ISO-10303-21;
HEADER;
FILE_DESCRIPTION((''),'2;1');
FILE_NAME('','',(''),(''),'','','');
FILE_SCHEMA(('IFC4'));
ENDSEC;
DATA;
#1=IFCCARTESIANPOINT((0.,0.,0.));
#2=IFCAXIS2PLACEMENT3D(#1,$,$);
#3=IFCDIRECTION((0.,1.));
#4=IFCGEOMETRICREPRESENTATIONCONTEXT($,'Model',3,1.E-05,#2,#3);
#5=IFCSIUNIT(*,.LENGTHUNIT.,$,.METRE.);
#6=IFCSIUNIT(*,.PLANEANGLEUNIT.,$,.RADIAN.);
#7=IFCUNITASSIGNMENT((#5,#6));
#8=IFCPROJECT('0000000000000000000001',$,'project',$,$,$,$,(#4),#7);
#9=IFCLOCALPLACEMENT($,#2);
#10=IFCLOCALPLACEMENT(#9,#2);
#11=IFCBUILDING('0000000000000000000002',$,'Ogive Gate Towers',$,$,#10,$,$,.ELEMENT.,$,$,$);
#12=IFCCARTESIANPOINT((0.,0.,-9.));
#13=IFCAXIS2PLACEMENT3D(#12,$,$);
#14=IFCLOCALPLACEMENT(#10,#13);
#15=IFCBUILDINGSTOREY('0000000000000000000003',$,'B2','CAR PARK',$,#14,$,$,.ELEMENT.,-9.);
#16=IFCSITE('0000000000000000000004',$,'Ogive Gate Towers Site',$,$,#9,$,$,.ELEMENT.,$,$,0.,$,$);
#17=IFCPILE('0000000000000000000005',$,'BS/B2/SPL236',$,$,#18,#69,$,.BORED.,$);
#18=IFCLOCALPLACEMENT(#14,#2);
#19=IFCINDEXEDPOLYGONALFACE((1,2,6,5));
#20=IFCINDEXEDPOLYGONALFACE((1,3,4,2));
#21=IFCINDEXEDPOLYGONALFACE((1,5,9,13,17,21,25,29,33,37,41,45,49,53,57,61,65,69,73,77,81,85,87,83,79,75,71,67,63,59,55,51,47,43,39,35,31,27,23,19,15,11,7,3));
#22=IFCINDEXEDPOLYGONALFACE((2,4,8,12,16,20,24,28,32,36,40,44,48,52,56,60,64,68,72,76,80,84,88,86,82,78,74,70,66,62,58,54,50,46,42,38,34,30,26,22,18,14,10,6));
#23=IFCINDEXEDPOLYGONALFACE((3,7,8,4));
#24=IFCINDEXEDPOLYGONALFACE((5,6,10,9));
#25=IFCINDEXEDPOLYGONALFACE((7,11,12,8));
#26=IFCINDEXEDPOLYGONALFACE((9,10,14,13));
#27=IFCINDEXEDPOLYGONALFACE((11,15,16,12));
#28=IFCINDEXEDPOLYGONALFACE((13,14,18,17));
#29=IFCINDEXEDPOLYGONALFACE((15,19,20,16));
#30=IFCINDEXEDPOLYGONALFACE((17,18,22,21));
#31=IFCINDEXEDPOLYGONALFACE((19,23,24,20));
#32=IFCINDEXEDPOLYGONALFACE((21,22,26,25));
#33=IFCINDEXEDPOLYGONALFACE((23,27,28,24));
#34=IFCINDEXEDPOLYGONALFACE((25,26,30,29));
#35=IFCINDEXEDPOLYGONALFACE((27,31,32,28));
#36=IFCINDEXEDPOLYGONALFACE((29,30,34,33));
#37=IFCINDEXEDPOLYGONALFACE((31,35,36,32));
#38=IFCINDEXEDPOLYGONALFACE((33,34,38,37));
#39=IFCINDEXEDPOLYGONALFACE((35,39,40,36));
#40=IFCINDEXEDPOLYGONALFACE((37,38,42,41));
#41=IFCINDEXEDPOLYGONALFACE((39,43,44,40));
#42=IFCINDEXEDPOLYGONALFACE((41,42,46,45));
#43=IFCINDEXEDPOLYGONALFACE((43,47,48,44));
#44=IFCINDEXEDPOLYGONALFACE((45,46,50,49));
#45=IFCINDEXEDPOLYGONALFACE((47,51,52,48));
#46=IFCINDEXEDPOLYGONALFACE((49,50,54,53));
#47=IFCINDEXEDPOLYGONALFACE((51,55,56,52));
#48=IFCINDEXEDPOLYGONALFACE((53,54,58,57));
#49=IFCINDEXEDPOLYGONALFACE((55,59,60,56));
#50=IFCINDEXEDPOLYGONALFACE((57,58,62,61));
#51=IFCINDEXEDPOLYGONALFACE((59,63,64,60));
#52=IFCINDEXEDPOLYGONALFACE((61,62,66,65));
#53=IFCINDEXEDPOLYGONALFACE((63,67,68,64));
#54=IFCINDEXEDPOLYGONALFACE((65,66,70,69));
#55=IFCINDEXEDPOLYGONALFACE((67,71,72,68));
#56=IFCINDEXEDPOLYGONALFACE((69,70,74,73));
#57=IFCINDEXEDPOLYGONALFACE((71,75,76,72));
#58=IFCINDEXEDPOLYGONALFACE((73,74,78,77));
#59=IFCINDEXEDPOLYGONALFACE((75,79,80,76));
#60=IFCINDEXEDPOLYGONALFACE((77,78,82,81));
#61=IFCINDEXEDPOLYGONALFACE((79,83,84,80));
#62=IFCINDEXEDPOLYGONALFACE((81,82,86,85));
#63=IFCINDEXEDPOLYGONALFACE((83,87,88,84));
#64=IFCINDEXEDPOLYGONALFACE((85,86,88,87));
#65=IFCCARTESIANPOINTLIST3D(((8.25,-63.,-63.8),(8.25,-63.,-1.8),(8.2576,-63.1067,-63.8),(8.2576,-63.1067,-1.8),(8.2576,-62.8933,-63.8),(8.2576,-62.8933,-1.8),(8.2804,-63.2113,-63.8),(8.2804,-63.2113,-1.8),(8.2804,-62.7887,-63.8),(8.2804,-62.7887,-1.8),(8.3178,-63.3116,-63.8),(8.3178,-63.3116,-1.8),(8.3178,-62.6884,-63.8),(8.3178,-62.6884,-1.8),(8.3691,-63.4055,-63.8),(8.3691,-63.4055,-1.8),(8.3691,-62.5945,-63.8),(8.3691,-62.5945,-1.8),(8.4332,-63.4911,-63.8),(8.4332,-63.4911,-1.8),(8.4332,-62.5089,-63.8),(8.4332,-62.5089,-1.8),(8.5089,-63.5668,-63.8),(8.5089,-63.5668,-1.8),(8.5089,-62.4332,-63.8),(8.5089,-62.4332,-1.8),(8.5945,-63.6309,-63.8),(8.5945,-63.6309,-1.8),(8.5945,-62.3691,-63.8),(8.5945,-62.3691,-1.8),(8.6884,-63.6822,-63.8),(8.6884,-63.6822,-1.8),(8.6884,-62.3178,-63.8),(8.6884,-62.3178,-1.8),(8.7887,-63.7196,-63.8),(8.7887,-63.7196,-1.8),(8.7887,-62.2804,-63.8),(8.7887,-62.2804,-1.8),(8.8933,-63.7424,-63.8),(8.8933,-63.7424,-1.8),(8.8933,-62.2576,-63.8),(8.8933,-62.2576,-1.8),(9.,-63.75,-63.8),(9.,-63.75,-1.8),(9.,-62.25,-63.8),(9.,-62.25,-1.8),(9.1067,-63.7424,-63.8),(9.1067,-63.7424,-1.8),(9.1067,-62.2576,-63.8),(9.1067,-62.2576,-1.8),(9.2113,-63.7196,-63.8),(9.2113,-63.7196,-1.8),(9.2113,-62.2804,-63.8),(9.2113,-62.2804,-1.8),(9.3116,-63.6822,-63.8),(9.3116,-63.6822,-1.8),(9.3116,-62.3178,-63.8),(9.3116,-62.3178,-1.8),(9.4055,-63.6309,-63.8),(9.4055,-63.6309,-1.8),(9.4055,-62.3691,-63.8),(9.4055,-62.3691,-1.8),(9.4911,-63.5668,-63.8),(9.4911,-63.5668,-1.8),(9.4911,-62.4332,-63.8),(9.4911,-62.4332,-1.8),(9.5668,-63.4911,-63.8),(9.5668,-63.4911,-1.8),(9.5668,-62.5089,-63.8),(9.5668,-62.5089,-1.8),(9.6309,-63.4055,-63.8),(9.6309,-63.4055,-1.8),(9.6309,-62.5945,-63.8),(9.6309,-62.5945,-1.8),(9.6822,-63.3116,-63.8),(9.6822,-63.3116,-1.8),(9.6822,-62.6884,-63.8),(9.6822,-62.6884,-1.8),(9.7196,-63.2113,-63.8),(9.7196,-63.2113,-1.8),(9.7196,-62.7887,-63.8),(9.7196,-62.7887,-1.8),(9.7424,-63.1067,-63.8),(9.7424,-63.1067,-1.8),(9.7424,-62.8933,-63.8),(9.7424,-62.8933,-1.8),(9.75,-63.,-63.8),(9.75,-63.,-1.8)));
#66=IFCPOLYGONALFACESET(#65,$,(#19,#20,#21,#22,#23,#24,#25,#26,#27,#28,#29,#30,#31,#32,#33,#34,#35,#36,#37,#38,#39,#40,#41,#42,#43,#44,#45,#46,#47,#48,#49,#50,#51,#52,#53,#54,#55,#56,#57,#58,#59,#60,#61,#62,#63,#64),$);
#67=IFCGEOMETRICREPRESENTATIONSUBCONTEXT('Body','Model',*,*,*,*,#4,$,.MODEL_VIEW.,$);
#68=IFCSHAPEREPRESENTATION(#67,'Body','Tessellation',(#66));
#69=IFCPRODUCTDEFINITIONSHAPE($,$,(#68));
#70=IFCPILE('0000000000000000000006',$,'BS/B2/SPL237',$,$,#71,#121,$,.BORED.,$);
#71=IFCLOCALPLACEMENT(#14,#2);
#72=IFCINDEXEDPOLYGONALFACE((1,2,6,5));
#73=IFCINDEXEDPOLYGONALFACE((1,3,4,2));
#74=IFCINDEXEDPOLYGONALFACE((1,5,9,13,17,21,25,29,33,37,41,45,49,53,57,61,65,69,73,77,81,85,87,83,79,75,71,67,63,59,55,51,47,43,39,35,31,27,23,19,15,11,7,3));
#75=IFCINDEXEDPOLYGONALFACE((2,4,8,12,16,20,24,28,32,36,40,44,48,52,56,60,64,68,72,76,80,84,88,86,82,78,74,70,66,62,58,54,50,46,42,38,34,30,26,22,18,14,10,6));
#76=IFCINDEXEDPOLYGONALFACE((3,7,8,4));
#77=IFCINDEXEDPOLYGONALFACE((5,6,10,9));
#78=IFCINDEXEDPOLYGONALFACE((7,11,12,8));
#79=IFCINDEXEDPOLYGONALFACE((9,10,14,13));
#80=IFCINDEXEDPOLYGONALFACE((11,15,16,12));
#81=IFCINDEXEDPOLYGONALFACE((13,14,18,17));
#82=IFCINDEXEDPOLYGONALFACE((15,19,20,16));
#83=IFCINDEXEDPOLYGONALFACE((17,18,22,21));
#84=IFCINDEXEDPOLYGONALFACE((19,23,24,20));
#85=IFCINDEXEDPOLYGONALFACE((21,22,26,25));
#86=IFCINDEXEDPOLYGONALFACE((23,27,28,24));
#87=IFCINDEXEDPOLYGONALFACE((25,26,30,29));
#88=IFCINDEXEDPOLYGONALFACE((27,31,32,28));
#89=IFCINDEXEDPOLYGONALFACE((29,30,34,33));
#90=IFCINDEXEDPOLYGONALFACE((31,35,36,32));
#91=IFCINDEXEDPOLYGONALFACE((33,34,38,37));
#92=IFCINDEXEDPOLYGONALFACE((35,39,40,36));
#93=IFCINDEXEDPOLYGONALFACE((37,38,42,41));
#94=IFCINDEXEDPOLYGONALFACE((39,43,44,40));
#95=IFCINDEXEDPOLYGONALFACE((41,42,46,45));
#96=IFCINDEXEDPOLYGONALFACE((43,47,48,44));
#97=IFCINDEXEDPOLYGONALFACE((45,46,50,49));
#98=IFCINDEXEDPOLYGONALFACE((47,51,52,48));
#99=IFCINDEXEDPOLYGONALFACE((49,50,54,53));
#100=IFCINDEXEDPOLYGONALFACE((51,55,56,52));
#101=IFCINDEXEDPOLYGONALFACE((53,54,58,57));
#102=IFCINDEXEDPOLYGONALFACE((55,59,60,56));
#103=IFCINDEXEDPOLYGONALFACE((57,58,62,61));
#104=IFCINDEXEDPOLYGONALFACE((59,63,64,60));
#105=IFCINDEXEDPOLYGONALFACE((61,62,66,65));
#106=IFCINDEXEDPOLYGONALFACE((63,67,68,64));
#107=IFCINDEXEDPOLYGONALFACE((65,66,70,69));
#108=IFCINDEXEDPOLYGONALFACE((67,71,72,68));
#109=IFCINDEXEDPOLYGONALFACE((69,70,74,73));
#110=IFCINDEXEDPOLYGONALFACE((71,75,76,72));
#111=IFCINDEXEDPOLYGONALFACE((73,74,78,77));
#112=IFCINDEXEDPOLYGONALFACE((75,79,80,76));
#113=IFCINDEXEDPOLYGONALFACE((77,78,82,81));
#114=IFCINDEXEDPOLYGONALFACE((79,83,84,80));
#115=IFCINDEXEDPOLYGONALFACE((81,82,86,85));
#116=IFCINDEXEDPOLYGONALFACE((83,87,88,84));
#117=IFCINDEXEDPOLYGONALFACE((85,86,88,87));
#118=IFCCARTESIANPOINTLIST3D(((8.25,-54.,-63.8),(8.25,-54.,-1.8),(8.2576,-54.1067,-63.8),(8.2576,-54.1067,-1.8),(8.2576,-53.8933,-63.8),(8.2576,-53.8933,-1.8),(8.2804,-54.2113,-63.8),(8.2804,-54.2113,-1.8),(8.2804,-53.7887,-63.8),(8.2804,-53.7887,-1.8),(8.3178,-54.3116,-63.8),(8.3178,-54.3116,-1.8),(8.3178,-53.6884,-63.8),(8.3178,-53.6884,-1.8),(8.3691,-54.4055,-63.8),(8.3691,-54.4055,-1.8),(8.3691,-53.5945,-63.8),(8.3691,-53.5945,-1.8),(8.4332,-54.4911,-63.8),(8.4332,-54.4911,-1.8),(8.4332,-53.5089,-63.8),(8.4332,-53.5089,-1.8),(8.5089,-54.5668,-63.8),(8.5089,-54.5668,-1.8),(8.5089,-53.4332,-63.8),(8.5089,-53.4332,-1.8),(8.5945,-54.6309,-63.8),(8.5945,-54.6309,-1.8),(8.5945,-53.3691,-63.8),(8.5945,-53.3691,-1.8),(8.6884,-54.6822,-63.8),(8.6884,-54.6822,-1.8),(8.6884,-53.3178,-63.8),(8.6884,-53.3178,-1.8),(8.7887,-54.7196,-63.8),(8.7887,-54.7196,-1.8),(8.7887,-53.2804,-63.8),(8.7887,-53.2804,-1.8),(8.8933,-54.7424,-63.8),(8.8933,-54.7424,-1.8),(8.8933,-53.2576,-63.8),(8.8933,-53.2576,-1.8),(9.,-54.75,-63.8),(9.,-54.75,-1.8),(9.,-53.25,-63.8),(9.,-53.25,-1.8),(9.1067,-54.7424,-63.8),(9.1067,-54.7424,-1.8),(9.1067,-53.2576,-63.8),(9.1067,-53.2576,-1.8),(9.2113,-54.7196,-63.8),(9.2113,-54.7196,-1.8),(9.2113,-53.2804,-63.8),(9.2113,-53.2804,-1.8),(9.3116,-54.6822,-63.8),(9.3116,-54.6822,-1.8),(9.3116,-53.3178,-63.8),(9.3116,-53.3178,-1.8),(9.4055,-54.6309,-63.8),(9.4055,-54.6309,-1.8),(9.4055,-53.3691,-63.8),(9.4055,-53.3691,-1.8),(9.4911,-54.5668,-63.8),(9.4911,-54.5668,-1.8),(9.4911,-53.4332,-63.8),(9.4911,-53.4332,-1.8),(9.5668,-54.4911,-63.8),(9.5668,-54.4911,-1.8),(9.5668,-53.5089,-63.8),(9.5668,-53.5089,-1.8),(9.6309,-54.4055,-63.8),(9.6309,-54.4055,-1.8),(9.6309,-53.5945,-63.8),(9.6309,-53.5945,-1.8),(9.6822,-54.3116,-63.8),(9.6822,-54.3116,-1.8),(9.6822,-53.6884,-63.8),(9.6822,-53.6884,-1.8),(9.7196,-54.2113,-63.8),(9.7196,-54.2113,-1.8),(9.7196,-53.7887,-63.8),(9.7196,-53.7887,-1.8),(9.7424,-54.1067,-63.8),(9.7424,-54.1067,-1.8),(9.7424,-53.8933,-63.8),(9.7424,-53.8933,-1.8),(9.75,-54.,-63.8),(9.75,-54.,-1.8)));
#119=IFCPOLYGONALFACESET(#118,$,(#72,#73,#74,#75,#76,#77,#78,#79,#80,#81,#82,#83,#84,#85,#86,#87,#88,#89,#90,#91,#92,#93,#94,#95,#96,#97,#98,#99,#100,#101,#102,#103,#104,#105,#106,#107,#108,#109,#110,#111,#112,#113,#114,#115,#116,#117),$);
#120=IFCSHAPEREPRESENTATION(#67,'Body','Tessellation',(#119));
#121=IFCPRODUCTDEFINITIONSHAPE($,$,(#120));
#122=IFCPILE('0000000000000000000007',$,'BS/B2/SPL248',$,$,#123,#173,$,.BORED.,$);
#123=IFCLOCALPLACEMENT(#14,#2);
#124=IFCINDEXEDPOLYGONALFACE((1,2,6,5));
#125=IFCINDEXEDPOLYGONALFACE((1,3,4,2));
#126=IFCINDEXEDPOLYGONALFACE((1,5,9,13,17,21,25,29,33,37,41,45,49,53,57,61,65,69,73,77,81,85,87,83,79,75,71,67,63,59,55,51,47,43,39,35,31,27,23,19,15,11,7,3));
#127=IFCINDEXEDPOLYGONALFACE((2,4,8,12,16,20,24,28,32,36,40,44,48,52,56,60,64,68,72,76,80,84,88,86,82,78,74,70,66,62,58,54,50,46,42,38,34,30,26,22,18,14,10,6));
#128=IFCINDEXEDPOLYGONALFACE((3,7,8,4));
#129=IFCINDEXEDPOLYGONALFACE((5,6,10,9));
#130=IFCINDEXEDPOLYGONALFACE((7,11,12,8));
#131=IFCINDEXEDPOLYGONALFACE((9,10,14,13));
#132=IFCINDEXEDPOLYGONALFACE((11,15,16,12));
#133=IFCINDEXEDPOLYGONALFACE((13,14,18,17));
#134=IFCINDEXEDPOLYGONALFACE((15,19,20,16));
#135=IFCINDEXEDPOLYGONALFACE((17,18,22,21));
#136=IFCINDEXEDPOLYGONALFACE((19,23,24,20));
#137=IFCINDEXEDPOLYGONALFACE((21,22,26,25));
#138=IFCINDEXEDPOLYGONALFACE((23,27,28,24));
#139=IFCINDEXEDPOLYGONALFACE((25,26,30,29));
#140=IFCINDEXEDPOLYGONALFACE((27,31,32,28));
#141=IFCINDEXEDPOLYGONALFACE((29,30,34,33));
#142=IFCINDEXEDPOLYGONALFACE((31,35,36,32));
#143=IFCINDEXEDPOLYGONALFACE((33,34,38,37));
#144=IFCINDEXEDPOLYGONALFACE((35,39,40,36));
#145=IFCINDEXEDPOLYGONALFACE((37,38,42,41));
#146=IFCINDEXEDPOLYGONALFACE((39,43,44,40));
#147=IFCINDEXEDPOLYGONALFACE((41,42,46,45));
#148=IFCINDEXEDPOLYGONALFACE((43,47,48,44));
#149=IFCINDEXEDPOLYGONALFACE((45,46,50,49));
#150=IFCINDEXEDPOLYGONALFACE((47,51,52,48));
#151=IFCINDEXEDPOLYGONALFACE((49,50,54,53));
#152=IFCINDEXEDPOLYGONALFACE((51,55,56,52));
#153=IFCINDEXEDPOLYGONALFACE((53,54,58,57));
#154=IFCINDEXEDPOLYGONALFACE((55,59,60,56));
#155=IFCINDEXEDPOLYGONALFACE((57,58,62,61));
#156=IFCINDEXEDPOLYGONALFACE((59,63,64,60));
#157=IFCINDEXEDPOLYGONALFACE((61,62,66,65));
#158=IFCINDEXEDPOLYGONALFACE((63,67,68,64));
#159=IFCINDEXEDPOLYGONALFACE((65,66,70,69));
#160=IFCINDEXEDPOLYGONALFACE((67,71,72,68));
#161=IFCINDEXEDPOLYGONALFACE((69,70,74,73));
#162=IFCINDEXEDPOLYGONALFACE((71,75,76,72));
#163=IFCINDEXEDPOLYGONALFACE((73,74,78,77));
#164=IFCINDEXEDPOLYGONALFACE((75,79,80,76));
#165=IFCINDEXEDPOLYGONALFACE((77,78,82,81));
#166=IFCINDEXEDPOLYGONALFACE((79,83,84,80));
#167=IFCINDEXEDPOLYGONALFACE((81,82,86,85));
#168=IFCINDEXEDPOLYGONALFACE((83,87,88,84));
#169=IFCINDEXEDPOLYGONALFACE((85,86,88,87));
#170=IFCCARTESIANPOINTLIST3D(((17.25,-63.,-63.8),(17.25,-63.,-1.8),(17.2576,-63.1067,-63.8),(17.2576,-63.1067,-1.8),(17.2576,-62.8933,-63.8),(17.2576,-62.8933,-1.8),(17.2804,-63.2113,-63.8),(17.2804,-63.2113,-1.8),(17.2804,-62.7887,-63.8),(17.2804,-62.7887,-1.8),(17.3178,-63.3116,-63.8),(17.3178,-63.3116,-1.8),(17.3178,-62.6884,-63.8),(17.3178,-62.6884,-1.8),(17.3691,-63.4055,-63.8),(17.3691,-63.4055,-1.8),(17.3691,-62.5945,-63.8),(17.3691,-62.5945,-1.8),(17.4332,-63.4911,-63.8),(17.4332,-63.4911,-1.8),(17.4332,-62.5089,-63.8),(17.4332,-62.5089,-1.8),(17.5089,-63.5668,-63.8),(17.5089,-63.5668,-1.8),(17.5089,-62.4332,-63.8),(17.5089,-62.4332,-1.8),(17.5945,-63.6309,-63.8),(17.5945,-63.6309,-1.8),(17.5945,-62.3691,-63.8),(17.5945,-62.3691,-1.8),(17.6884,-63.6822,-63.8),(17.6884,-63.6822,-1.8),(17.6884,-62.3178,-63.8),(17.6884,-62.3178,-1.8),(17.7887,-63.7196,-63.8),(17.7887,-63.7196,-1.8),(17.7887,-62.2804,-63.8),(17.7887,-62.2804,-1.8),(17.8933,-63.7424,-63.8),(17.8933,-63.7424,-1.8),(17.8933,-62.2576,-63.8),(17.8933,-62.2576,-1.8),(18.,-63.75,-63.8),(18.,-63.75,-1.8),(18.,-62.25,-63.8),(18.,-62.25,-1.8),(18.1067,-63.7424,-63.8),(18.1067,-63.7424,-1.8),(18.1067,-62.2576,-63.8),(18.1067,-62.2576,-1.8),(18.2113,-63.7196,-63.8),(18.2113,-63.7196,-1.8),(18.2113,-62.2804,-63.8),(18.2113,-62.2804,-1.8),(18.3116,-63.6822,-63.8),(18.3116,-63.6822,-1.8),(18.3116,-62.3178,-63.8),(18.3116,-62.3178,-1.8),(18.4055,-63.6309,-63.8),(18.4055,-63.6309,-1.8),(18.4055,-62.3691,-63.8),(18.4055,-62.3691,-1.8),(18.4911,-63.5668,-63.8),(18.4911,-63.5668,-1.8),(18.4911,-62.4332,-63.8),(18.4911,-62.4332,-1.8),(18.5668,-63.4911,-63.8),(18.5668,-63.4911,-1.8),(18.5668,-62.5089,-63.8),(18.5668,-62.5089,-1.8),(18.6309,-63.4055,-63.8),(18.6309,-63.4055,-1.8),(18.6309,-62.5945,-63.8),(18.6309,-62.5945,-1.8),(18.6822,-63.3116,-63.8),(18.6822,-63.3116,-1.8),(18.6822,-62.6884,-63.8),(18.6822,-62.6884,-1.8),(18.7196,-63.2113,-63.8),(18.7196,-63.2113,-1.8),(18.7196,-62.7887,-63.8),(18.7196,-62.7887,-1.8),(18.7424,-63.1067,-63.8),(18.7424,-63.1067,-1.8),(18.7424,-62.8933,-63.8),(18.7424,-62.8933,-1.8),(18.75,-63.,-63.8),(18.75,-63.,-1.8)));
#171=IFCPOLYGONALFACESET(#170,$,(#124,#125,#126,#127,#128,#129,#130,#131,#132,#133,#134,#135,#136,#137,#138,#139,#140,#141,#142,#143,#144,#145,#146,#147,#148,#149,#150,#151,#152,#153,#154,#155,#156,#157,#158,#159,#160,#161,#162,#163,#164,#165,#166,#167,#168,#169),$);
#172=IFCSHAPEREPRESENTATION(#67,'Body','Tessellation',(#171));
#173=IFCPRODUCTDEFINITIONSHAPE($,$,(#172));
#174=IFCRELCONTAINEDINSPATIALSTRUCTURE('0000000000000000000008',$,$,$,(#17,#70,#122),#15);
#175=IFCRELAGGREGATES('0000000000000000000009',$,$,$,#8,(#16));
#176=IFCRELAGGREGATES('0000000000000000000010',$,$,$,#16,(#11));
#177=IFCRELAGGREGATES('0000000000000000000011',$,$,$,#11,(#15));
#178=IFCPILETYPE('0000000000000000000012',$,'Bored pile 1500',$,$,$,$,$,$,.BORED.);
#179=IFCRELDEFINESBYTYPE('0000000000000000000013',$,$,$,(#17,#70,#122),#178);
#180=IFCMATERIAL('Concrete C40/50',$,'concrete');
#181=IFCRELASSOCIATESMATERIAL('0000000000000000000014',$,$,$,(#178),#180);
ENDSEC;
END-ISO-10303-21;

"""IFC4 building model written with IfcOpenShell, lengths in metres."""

from ifc_helpers import new_model, si_unit, direction, frame, origin, origin_2d, place, context, subcontext, project, spatial, circle, extrude, material, material_profile, profile_set, type_object, element, save


model = new_model("IFC4")

# Units and contexts
model_context = context("Model", 3, precision=1e-05, world=origin(), true_north=direction((0.0, 1.0)))
body_context = subcontext(model_context, "Body", "Model", "MODEL_VIEW")
ifc_project = project(units=[si_unit("LENGTHUNIT", "METRE"), si_unit("PLANEANGLEUNIT", "RADIAN")], contexts=[model_context])

# Site, building, storey
site_placement = place(None, origin())
site = spatial("IfcSite", under=ifc_project, at=site_placement, Name="Ogive Gate Towers Site", CompositionType="ELEMENT", RefElevation=0.0)
building_placement = place(site_placement, origin())
building = spatial("IfcBuilding", under=site, at=building_placement, Name="Ogive Gate Towers", CompositionType="ELEMENT")
storey_placement = place(building_placement, frame((0.0, 0.0, -9.0)))
storey = spatial("IfcBuildingStorey", under=building, at=storey_placement, Name="B2", Description="CAR PARK", CompositionType="ELEMENT", Elevation=-9.0)

# Piles
ifc_material_1 = material(Name="Concrete C40/50", Category="concrete")
ifc_material_profile_1 = material_profile(ifc_material_1, circle(Radius=0.75, at=origin_2d()), Name="BP 1500")
ifc_profile_set_1 = profile_set([ifc_material_profile_1], Name="Concrete C40/50")
pile_type = type_object("IfcPileType", Name="Bored pile 1500", PredefinedType="BORED", material=ifc_profile_set_1)
for number, where, z_axis, x_axis, name in (
    (1, (9.0, -63.0, -1.8), (0.0, 0.0, -1.0), (1.0, 0.0, 0.0), "BS/B2/SPL236"),
    (2, (9.0, -54.0, -1.8), (0.0, 0.0, -1.0), (1.0, 0.0, 0.0), "BS/B2/SPL237"),
    (3, (18.0, -63.0, -1.8), (0.0, 0.0, -1.0), (1.0, 0.0, 0.0), "BS/B2/SPL248"),
):
    element("IfcPile", number, at=place(storey_placement, frame(where, z_axis=z_axis, x_axis=x_axis)), inside=storey, type_object=pile_type, Name=name, PredefinedType="BORED", context=body_context, shape_type="SweptSolid", body=[
        extrude(circle(Radius=0.75, at=origin_2d()), origin(), (0.0, 0.0, 1.0), 62.0),
    ])

save(model, "model.ifc")
